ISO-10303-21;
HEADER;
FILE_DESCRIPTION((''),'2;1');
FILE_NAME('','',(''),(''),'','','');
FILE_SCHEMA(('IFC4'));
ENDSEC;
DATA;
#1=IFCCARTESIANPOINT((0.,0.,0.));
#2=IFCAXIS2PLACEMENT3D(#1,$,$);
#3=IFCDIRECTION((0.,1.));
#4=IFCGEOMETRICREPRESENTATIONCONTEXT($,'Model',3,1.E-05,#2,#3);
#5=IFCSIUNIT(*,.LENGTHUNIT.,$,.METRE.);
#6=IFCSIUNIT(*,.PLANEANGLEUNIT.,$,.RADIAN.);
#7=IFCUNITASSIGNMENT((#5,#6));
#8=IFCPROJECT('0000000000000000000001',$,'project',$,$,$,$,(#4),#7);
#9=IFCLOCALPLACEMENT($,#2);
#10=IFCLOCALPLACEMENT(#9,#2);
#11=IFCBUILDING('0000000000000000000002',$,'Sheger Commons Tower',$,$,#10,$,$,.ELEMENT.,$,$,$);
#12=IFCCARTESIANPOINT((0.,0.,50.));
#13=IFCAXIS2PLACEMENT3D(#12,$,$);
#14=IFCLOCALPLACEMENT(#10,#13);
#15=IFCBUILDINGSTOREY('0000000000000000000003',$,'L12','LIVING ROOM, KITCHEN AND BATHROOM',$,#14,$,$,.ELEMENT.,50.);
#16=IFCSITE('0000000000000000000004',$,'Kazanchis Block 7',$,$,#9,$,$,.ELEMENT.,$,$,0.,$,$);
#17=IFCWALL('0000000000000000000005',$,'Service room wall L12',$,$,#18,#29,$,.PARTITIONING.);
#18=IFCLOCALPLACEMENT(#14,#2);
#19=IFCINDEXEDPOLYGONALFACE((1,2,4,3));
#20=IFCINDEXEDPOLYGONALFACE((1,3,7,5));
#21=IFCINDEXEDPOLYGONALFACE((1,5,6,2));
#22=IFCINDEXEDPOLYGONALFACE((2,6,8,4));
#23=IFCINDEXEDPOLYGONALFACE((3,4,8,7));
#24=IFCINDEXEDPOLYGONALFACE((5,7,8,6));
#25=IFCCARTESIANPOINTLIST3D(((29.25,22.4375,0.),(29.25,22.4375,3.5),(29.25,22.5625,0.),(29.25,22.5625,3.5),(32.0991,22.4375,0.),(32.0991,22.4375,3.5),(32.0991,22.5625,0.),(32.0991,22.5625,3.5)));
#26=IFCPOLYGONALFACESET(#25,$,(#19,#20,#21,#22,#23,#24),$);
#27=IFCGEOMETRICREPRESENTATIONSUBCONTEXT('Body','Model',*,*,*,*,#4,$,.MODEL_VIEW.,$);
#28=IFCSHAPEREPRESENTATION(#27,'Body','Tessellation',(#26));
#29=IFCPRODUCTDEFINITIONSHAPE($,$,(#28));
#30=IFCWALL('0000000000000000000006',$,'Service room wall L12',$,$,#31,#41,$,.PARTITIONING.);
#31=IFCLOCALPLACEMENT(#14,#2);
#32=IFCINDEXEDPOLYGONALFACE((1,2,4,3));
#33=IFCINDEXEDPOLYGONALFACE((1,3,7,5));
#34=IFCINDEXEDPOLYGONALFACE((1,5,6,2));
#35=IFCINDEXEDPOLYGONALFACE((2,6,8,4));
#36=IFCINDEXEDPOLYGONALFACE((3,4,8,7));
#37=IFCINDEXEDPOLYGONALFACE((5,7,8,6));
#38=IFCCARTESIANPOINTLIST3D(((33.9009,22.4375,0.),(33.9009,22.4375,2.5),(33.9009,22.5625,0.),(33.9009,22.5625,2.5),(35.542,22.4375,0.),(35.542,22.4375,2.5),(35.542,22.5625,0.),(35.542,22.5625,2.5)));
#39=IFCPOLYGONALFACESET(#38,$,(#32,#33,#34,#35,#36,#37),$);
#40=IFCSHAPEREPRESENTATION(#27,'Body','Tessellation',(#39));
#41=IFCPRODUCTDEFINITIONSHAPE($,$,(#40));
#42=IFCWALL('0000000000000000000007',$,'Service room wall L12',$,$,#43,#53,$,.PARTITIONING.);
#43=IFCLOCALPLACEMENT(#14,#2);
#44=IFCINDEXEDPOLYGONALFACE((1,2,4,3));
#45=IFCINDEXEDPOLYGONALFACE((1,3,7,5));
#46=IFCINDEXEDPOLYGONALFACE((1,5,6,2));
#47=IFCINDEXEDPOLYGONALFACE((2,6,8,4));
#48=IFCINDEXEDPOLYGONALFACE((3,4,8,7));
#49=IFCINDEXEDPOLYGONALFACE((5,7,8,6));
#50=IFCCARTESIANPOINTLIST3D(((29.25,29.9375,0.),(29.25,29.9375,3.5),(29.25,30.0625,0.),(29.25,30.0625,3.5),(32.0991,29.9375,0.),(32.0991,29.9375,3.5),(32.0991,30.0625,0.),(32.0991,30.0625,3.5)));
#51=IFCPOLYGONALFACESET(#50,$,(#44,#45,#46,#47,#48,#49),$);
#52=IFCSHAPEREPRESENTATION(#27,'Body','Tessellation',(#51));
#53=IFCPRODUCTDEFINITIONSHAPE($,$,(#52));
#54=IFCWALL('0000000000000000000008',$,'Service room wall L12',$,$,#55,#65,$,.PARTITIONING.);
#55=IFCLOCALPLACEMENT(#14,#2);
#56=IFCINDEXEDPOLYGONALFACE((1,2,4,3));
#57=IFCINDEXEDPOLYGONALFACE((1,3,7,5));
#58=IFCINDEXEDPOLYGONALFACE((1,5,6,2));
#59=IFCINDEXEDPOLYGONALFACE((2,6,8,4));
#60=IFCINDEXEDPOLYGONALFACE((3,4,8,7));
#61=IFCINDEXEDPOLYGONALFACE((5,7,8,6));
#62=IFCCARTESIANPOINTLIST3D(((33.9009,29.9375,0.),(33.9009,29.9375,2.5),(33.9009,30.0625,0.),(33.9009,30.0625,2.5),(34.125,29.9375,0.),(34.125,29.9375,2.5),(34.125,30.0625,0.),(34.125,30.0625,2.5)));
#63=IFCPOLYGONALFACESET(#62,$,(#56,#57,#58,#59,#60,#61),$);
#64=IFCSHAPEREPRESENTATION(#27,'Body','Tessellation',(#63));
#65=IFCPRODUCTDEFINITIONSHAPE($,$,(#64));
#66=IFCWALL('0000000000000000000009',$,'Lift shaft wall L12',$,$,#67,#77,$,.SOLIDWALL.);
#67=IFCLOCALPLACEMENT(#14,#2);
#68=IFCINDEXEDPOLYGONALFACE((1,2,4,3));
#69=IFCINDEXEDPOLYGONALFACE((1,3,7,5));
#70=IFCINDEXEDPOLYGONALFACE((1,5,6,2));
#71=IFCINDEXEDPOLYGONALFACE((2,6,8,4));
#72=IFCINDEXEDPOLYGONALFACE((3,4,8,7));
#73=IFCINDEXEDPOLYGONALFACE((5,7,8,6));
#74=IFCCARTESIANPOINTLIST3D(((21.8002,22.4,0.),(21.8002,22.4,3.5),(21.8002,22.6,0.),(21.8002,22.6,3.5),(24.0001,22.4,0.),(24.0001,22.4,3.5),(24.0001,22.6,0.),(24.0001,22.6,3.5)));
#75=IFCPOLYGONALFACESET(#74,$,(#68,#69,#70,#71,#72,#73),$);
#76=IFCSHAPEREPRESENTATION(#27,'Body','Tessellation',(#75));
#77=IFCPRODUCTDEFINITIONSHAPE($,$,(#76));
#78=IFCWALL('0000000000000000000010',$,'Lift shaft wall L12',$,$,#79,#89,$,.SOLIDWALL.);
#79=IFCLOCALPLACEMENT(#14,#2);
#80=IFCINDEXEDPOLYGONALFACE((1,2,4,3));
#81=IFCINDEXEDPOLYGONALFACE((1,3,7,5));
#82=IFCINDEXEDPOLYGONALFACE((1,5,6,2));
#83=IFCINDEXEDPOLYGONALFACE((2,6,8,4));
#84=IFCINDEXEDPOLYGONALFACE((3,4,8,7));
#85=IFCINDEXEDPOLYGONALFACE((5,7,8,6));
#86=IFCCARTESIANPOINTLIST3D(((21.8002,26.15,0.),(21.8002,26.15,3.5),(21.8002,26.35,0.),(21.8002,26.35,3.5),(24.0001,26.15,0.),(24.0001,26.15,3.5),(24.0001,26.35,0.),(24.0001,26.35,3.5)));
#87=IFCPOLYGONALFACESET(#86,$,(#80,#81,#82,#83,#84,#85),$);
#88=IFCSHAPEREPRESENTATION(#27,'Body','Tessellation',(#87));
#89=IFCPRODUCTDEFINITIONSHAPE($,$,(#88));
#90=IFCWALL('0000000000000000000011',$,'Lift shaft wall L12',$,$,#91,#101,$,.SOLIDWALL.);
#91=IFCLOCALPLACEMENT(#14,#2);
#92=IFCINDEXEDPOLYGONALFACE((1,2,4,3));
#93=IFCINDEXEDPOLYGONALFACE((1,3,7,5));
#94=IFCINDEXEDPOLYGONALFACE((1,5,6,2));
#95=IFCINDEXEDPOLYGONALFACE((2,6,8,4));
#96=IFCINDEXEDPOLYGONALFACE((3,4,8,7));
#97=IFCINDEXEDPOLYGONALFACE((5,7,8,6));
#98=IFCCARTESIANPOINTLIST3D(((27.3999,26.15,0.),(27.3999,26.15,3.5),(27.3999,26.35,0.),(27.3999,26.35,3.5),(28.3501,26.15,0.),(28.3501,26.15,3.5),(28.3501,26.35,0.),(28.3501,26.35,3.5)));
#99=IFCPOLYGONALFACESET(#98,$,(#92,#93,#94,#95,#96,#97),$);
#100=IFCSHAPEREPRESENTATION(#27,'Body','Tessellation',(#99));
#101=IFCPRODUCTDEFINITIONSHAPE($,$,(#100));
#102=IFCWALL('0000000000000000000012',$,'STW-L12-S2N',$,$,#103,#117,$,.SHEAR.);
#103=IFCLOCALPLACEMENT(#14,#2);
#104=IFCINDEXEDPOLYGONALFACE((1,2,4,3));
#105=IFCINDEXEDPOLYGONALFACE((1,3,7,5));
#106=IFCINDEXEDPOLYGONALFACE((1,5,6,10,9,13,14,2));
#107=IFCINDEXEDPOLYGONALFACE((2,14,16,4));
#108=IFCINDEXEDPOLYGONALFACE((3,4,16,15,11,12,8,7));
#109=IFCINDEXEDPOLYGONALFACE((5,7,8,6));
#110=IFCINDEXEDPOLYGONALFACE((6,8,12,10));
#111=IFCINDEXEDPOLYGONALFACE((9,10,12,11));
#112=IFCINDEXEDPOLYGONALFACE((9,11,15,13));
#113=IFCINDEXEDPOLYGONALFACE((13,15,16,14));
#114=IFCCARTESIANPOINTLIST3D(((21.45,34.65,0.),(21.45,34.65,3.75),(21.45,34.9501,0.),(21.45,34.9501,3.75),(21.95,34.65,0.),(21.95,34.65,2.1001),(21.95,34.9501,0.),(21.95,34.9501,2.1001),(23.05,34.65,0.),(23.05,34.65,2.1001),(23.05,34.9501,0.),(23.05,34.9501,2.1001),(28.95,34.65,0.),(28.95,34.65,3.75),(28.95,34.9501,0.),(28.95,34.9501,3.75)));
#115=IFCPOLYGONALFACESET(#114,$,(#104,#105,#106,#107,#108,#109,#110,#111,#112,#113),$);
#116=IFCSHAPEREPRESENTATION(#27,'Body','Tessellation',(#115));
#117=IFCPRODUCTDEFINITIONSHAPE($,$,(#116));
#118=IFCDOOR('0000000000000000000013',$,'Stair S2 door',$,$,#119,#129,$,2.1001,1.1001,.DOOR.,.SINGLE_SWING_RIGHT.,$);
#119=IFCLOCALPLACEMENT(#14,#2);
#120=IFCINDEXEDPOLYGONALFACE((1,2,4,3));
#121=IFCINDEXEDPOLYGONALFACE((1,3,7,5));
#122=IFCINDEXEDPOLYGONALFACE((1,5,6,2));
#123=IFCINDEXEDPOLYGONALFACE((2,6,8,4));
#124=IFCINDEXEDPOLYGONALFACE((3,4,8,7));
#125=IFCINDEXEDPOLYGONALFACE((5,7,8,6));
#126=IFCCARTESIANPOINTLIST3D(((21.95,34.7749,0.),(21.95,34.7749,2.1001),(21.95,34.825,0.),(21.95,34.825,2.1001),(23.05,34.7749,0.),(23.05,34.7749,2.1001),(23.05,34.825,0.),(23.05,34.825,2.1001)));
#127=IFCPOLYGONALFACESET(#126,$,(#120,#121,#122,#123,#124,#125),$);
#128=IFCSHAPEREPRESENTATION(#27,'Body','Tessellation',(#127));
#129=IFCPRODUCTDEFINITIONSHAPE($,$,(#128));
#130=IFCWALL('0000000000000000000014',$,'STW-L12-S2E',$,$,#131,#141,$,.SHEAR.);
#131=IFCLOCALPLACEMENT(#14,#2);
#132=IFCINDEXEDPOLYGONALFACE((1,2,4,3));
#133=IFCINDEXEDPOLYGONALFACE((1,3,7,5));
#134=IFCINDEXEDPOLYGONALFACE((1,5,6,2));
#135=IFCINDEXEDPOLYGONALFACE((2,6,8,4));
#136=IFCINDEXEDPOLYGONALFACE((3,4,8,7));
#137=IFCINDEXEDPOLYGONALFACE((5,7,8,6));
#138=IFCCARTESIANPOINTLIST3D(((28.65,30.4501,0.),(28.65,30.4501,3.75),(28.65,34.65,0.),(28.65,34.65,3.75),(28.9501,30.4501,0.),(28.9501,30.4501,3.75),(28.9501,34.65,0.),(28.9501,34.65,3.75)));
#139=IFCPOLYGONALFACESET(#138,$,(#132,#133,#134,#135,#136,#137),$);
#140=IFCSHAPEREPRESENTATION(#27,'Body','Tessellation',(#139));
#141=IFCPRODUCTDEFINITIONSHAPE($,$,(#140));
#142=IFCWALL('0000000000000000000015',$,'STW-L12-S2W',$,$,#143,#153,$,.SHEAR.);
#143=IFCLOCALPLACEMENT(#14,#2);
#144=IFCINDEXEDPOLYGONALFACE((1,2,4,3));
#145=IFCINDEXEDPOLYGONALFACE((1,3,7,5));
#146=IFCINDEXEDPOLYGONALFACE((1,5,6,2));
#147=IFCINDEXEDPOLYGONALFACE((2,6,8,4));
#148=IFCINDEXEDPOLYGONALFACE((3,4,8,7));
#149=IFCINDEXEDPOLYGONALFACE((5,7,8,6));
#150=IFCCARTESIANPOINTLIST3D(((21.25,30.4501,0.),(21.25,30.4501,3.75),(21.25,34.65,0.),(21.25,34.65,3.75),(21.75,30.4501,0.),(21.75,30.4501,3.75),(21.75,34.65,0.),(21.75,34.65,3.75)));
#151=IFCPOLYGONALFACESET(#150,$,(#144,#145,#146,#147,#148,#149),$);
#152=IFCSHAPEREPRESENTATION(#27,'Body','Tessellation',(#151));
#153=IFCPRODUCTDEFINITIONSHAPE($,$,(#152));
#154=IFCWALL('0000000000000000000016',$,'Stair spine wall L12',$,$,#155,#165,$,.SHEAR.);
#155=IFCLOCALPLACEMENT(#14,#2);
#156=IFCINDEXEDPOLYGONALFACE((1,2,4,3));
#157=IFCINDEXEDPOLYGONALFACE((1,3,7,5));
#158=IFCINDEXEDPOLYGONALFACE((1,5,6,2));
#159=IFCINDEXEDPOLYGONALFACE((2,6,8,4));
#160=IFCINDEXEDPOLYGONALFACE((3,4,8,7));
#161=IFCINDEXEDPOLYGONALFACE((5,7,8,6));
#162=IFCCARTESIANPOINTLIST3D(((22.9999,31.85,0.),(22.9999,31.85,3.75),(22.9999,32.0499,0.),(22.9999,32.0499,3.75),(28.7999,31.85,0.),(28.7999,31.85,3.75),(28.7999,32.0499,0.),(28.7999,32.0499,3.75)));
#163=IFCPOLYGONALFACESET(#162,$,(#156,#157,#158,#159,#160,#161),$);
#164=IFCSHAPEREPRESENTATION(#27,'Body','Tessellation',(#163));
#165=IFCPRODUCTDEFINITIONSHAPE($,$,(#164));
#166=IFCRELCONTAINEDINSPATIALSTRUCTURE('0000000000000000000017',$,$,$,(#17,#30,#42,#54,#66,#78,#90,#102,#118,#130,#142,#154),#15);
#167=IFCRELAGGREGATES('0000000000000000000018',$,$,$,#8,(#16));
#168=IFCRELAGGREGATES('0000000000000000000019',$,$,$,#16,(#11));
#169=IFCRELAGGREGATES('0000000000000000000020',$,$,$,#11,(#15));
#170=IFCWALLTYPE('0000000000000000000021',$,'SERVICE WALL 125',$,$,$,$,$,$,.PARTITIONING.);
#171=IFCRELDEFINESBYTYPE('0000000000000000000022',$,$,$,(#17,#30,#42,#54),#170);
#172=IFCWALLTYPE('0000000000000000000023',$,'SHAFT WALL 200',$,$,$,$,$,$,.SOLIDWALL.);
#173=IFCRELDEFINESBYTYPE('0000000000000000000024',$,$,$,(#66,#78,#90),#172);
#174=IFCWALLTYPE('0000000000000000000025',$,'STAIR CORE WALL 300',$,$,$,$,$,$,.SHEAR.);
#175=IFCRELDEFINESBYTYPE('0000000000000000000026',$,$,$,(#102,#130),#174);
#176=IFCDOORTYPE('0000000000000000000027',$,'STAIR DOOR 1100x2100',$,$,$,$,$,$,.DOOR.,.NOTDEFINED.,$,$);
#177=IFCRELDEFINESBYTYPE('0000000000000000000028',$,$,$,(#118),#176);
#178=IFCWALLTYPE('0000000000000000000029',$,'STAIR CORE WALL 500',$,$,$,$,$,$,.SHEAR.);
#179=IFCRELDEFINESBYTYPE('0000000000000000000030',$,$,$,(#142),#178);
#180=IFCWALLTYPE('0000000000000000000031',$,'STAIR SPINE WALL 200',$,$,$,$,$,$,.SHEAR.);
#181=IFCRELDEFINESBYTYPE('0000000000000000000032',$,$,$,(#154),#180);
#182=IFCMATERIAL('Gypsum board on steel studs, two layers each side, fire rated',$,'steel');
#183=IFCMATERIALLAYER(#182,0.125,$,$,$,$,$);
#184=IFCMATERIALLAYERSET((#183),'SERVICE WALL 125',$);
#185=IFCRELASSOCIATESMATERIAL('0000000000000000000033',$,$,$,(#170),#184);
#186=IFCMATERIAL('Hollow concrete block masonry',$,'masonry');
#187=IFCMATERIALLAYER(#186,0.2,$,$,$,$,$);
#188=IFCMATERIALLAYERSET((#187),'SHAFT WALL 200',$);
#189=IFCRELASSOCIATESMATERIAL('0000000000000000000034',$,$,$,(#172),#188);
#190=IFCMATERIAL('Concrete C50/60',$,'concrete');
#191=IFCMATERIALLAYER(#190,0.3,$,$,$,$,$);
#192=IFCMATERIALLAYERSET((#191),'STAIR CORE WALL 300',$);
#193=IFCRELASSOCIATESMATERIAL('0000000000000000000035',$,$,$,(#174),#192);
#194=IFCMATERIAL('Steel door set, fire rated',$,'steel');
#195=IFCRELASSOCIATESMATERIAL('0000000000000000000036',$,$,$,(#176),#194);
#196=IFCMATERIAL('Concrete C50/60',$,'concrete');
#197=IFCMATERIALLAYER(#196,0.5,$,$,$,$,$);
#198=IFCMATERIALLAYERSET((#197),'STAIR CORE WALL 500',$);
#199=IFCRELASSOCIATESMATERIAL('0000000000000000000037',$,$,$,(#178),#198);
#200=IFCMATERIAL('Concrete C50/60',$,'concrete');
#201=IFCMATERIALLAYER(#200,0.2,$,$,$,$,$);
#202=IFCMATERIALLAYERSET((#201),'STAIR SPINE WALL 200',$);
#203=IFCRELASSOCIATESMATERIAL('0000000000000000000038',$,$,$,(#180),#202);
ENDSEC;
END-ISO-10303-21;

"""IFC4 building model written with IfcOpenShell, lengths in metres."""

from ifc_helpers import new_model, si_unit, direction, frame, frame_2d, origin, place, context, subcontext, project, spatial, rectangle, extrude, material, layer, layer_set, type_object, element, fill, save


model = new_model("IFC4")

# Units and contexts
model_context = context("Model", 3, precision=1e-05, world=origin(), true_north=direction((0.0, 1.0)))
body_context = subcontext(model_context, "Body", "Model", "MODEL_VIEW")
ifc_project = project(units=[si_unit("LENGTHUNIT", "METRE"), si_unit("PLANEANGLEUNIT", "RADIAN")], contexts=[model_context])

# Site, building, storey
site_placement = place(None, origin())
site = spatial("IfcSite", under=ifc_project, at=site_placement, Name="Kazanchis Block 7", CompositionType="ELEMENT", RefElevation=0.0)
building_placement = place(site_placement, origin())
building = spatial("IfcBuilding", under=site, at=building_placement, Name="Sheger Commons Tower", CompositionType="ELEMENT")
storey_placement = place(building_placement, frame((0.0, 0.0, 50.0)))
storey = spatial("IfcBuildingStorey", under=building, at=storey_placement, Name="L12", Description="LIVING ROOM, KITCHEN AND BATHROOM", CompositionType="ELEMENT", Elevation=50.0)

# Walls
ifc_material_1 = material(Name="Gypsum board on steel studs, two layers each side, fire rated", Category="steel")
ifc_layer_1 = layer(ifc_material_1, 0.125)
ifc_layer_set_1 = layer_set([ifc_layer_1], Name="SERVICE WALL 125")
wall_type_1 = type_object("IfcWallType", Name="SERVICE WALL 125", PredefinedType="PARTITIONING", material=ifc_layer_set_1)
wall_1_placement = place(storey_placement, frame((29.25, 22.5, 0.0), z_axis=(0.0, 0.0, 1.0), x_axis=(1.0, 0.0, 0.0)))
element("IfcWall", 1, at=wall_1_placement, inside=storey, type_object=wall_type_1, Name="Service room wall L12", PredefinedType="PARTITIONING", context=body_context, shape_type="SweptSolid", body=[
    extrude(rectangle(XDim=2.8491, YDim=0.125, at=frame_2d((1.4246, 0.0))), origin(), (0.0, 0.0, 1.0), 3.5),
])
wall_2_placement = place(storey_placement, frame((33.9009, 22.5, 0.0), z_axis=(0.0, 0.0, 1.0), x_axis=(1.0, 0.0, 0.0)))
element("IfcWall", 2, at=wall_2_placement, inside=storey, type_object=wall_type_1, Name="Service room wall L12", PredefinedType="PARTITIONING", context=body_context, shape_type="SweptSolid", body=[
    extrude(rectangle(XDim=1.6411, YDim=0.125, at=frame_2d((0.8206, 0.0))), origin(), (0.0, 0.0, 1.0), 2.5),
])
wall_3_placement = place(storey_placement, frame((29.25, 30.0, 0.0), z_axis=(0.0, 0.0, 1.0), x_axis=(1.0, 0.0, 0.0)))
element("IfcWall", 3, at=wall_3_placement, inside=storey, type_object=wall_type_1, Name="Service room wall L12", PredefinedType="PARTITIONING", context=body_context, shape_type="SweptSolid", body=[
    extrude(rectangle(XDim=2.8491, YDim=0.125, at=frame_2d((1.4246, 0.0))), origin(), (0.0, 0.0, 1.0), 3.5),
])
wall_4_placement = place(storey_placement, frame((33.9009, 30.0, 0.0), z_axis=(0.0, 0.0, 1.0), x_axis=(1.0, 0.0, 0.0)))
element("IfcWall", 4, at=wall_4_placement, inside=storey, type_object=wall_type_1, Name="Service room wall L12", PredefinedType="PARTITIONING", context=body_context, shape_type="SweptSolid", body=[
    extrude(rectangle(XDim=0.2241, YDim=0.125, at=frame_2d((0.1121, 0.0))), origin(), (0.0, 0.0, 1.0), 2.5),
])
ifc_material_2 = material(Name="Hollow concrete block masonry", Category="masonry")
ifc_layer_2 = layer(ifc_material_2, 0.2)
ifc_layer_set_2 = layer_set([ifc_layer_2], Name="SHAFT WALL 200")
wall_type_2 = type_object("IfcWallType", Name="SHAFT WALL 200", PredefinedType="SOLIDWALL", material=ifc_layer_set_2)
for number, where, z_axis, x_axis, name in (
    (5, (21.8, 22.5, 0.0), (0.0, 0.0, 1.0), (1.0, 0.0, 0.0), "Lift shaft wall L12"),
    (6, (21.8, 26.25, 0.0), (0.0, 0.0, 1.0), (1.0, 0.0, 0.0), "Lift shaft wall L12"),
):
    element("IfcWall", number, at=place(storey_placement, frame(where, z_axis=z_axis, x_axis=x_axis)), inside=storey, type_object=wall_type_2, Name=name, PredefinedType="SOLIDWALL", context=body_context, shape_type="SweptSolid", body=[
        extrude(rectangle(XDim=2.2, YDim=0.2, at=frame_2d((1.1001, 0.0))), origin(), (0.0, 0.0, 1.0), 3.5),
    ])
wall_5_placement = place(storey_placement, frame((27.3999, 26.25, 0.0), z_axis=(0.0, 0.0, 1.0), x_axis=(1.0, 0.0, 0.0)))
element("IfcWall", 7, at=wall_5_placement, inside=storey, type_object=wall_type_2, Name="Lift shaft wall L12", PredefinedType="SOLIDWALL", context=body_context, shape_type="SweptSolid", body=[
    extrude(rectangle(XDim=0.9502, YDim=0.2, at=frame_2d((0.4751, 0.0))), origin(), (0.0, 0.0, 1.0), 3.5),
])

# Wall, opening, door
ifc_material_3 = material(Name="Concrete C50/60", Category="concrete")
ifc_layer_3 = layer(ifc_material_3, 0.3)
ifc_layer_set_3 = layer_set([ifc_layer_3], Name="STAIR CORE WALL 300")
wall_type_3 = type_object("IfcWallType", Name="STAIR CORE WALL 300", PredefinedType="SHEAR", material=ifc_layer_set_3)
wall_6_placement = place(storey_placement, frame((21.45, 34.8, 0.0), z_axis=(0.0, 0.0, 1.0), x_axis=(1.0, 0.0, 0.0)))
wall_6 = element("IfcWall", 8, at=wall_6_placement, inside=storey, type_object=wall_type_3, Name="STW-L12-S2N", PredefinedType="SHEAR", context=body_context, shape_type="SweptSolid", body=[
    extrude(rectangle(XDim=7.5, YDim=0.3, at=frame_2d((3.75, 0.0))), origin(), (0.0, 0.0, 1.0), 3.75),
])
opening_1_placement = place(wall_6_placement, frame((0.5, 0.0, 0.0)))
opening_1 = element("IfcOpeningElement", 9, at=opening_1_placement, cuts=wall_6, PredefinedType="OPENING", context=body_context, shape_type="SweptSolid", body=[
    extrude(rectangle(XDim=1.1001, YDim=2.1001, at=frame_2d((0.55, 1.05))), frame((0.0, 0.1599, 0.0), z_axis=(0.0, -1.0, 0.0), x_axis=(1.0, 0.0, 0.0)), (0.0, 0.0, 1.0), 0.3201),
])
ifc_material_4 = material(Name="Steel door set, fire rated", Category="steel")
door_type_1 = type_object("IfcDoorType", Name="STAIR DOOR 1100x2100", OperationType="NOTDEFINED", PredefinedType="DOOR", material=ifc_material_4)
door_1_placement = place(opening_1_placement, origin())
door_1 = element("IfcDoor", 10, at=door_1_placement, inside=storey, type_object=door_type_1, Name="Stair S2 door", OperationType="SINGLE_SWING_RIGHT", OverallHeight=2.1001, OverallWidth=1.1001, PredefinedType="DOOR", context=body_context, shape_type="SweptSolid", body=[
    extrude(rectangle(XDim=1.1001, YDim=2.1001, at=frame_2d((0.55, 1.05))), frame((0.0, 0.0249, 0.0), z_axis=(0.0, -1.0, 0.0), x_axis=(1.0, 0.0, 0.0)), (0.0, 0.0, 1.0), 0.05),
])
fill(opening_1, door_1)

# Walls
wall_7_placement = place(storey_placement, frame((28.8, 30.45, 0.0), z_axis=(0.0, 0.0, 1.0), x_axis=(0.0, 1.0, 0.0)))
element("IfcWall", 11, at=wall_7_placement, inside=storey, type_object=wall_type_3, Name="STW-L12-S2E", PredefinedType="SHEAR", context=body_context, shape_type="SweptSolid", body=[
    extrude(rectangle(XDim=4.2, YDim=0.3, at=frame_2d((2.1001, 0.0))), origin(), (0.0, 0.0, 1.0), 3.75),
])
ifc_material_5 = material(Name="Concrete C50/60", Category="concrete")
ifc_layer_4 = layer(ifc_material_5, 0.5)
ifc_layer_set_4 = layer_set([ifc_layer_4], Name="STAIR CORE WALL 500")
wall_type_4 = type_object("IfcWallType", Name="STAIR CORE WALL 500", PredefinedType="SHEAR", material=ifc_layer_set_4)
wall_8_placement = place(storey_placement, frame((21.5, 30.45, 0.0), z_axis=(0.0, 0.0, 1.0), x_axis=(0.0, 1.0, 0.0)))
element("IfcWall", 12, at=wall_8_placement, inside=storey, type_object=wall_type_4, Name="STW-L12-S2W", PredefinedType="SHEAR", context=body_context, shape_type="SweptSolid", body=[
    extrude(rectangle(XDim=4.2, YDim=0.5, at=frame_2d((2.1001, 0.0))), origin(), (0.0, 0.0, 1.0), 3.75),
])
ifc_material_6 = material(Name="Concrete C50/60", Category="concrete")
ifc_layer_5 = layer(ifc_material_6, 0.2)
ifc_layer_set_5 = layer_set([ifc_layer_5], Name="STAIR SPINE WALL 200")
wall_type_5 = type_object("IfcWallType", Name="STAIR SPINE WALL 200", PredefinedType="SHEAR", material=ifc_layer_set_5)
wall_9_placement = place(storey_placement, frame((23.0, 31.95, 0.0), z_axis=(0.0, 0.0, 1.0), x_axis=(1.0, 0.0, 0.0)))
element("IfcWall", 13, at=wall_9_placement, inside=storey, type_object=wall_type_5, Name="Stair spine wall L12", PredefinedType="SHEAR", context=body_context, shape_type="SweptSolid", body=[
    extrude(rectangle(XDim=5.8, YDim=0.2, at=frame_2d((2.8999, 0.0))), origin(), (0.0, 0.0, 1.0), 3.75),
])

save(model, "model.ifc")
